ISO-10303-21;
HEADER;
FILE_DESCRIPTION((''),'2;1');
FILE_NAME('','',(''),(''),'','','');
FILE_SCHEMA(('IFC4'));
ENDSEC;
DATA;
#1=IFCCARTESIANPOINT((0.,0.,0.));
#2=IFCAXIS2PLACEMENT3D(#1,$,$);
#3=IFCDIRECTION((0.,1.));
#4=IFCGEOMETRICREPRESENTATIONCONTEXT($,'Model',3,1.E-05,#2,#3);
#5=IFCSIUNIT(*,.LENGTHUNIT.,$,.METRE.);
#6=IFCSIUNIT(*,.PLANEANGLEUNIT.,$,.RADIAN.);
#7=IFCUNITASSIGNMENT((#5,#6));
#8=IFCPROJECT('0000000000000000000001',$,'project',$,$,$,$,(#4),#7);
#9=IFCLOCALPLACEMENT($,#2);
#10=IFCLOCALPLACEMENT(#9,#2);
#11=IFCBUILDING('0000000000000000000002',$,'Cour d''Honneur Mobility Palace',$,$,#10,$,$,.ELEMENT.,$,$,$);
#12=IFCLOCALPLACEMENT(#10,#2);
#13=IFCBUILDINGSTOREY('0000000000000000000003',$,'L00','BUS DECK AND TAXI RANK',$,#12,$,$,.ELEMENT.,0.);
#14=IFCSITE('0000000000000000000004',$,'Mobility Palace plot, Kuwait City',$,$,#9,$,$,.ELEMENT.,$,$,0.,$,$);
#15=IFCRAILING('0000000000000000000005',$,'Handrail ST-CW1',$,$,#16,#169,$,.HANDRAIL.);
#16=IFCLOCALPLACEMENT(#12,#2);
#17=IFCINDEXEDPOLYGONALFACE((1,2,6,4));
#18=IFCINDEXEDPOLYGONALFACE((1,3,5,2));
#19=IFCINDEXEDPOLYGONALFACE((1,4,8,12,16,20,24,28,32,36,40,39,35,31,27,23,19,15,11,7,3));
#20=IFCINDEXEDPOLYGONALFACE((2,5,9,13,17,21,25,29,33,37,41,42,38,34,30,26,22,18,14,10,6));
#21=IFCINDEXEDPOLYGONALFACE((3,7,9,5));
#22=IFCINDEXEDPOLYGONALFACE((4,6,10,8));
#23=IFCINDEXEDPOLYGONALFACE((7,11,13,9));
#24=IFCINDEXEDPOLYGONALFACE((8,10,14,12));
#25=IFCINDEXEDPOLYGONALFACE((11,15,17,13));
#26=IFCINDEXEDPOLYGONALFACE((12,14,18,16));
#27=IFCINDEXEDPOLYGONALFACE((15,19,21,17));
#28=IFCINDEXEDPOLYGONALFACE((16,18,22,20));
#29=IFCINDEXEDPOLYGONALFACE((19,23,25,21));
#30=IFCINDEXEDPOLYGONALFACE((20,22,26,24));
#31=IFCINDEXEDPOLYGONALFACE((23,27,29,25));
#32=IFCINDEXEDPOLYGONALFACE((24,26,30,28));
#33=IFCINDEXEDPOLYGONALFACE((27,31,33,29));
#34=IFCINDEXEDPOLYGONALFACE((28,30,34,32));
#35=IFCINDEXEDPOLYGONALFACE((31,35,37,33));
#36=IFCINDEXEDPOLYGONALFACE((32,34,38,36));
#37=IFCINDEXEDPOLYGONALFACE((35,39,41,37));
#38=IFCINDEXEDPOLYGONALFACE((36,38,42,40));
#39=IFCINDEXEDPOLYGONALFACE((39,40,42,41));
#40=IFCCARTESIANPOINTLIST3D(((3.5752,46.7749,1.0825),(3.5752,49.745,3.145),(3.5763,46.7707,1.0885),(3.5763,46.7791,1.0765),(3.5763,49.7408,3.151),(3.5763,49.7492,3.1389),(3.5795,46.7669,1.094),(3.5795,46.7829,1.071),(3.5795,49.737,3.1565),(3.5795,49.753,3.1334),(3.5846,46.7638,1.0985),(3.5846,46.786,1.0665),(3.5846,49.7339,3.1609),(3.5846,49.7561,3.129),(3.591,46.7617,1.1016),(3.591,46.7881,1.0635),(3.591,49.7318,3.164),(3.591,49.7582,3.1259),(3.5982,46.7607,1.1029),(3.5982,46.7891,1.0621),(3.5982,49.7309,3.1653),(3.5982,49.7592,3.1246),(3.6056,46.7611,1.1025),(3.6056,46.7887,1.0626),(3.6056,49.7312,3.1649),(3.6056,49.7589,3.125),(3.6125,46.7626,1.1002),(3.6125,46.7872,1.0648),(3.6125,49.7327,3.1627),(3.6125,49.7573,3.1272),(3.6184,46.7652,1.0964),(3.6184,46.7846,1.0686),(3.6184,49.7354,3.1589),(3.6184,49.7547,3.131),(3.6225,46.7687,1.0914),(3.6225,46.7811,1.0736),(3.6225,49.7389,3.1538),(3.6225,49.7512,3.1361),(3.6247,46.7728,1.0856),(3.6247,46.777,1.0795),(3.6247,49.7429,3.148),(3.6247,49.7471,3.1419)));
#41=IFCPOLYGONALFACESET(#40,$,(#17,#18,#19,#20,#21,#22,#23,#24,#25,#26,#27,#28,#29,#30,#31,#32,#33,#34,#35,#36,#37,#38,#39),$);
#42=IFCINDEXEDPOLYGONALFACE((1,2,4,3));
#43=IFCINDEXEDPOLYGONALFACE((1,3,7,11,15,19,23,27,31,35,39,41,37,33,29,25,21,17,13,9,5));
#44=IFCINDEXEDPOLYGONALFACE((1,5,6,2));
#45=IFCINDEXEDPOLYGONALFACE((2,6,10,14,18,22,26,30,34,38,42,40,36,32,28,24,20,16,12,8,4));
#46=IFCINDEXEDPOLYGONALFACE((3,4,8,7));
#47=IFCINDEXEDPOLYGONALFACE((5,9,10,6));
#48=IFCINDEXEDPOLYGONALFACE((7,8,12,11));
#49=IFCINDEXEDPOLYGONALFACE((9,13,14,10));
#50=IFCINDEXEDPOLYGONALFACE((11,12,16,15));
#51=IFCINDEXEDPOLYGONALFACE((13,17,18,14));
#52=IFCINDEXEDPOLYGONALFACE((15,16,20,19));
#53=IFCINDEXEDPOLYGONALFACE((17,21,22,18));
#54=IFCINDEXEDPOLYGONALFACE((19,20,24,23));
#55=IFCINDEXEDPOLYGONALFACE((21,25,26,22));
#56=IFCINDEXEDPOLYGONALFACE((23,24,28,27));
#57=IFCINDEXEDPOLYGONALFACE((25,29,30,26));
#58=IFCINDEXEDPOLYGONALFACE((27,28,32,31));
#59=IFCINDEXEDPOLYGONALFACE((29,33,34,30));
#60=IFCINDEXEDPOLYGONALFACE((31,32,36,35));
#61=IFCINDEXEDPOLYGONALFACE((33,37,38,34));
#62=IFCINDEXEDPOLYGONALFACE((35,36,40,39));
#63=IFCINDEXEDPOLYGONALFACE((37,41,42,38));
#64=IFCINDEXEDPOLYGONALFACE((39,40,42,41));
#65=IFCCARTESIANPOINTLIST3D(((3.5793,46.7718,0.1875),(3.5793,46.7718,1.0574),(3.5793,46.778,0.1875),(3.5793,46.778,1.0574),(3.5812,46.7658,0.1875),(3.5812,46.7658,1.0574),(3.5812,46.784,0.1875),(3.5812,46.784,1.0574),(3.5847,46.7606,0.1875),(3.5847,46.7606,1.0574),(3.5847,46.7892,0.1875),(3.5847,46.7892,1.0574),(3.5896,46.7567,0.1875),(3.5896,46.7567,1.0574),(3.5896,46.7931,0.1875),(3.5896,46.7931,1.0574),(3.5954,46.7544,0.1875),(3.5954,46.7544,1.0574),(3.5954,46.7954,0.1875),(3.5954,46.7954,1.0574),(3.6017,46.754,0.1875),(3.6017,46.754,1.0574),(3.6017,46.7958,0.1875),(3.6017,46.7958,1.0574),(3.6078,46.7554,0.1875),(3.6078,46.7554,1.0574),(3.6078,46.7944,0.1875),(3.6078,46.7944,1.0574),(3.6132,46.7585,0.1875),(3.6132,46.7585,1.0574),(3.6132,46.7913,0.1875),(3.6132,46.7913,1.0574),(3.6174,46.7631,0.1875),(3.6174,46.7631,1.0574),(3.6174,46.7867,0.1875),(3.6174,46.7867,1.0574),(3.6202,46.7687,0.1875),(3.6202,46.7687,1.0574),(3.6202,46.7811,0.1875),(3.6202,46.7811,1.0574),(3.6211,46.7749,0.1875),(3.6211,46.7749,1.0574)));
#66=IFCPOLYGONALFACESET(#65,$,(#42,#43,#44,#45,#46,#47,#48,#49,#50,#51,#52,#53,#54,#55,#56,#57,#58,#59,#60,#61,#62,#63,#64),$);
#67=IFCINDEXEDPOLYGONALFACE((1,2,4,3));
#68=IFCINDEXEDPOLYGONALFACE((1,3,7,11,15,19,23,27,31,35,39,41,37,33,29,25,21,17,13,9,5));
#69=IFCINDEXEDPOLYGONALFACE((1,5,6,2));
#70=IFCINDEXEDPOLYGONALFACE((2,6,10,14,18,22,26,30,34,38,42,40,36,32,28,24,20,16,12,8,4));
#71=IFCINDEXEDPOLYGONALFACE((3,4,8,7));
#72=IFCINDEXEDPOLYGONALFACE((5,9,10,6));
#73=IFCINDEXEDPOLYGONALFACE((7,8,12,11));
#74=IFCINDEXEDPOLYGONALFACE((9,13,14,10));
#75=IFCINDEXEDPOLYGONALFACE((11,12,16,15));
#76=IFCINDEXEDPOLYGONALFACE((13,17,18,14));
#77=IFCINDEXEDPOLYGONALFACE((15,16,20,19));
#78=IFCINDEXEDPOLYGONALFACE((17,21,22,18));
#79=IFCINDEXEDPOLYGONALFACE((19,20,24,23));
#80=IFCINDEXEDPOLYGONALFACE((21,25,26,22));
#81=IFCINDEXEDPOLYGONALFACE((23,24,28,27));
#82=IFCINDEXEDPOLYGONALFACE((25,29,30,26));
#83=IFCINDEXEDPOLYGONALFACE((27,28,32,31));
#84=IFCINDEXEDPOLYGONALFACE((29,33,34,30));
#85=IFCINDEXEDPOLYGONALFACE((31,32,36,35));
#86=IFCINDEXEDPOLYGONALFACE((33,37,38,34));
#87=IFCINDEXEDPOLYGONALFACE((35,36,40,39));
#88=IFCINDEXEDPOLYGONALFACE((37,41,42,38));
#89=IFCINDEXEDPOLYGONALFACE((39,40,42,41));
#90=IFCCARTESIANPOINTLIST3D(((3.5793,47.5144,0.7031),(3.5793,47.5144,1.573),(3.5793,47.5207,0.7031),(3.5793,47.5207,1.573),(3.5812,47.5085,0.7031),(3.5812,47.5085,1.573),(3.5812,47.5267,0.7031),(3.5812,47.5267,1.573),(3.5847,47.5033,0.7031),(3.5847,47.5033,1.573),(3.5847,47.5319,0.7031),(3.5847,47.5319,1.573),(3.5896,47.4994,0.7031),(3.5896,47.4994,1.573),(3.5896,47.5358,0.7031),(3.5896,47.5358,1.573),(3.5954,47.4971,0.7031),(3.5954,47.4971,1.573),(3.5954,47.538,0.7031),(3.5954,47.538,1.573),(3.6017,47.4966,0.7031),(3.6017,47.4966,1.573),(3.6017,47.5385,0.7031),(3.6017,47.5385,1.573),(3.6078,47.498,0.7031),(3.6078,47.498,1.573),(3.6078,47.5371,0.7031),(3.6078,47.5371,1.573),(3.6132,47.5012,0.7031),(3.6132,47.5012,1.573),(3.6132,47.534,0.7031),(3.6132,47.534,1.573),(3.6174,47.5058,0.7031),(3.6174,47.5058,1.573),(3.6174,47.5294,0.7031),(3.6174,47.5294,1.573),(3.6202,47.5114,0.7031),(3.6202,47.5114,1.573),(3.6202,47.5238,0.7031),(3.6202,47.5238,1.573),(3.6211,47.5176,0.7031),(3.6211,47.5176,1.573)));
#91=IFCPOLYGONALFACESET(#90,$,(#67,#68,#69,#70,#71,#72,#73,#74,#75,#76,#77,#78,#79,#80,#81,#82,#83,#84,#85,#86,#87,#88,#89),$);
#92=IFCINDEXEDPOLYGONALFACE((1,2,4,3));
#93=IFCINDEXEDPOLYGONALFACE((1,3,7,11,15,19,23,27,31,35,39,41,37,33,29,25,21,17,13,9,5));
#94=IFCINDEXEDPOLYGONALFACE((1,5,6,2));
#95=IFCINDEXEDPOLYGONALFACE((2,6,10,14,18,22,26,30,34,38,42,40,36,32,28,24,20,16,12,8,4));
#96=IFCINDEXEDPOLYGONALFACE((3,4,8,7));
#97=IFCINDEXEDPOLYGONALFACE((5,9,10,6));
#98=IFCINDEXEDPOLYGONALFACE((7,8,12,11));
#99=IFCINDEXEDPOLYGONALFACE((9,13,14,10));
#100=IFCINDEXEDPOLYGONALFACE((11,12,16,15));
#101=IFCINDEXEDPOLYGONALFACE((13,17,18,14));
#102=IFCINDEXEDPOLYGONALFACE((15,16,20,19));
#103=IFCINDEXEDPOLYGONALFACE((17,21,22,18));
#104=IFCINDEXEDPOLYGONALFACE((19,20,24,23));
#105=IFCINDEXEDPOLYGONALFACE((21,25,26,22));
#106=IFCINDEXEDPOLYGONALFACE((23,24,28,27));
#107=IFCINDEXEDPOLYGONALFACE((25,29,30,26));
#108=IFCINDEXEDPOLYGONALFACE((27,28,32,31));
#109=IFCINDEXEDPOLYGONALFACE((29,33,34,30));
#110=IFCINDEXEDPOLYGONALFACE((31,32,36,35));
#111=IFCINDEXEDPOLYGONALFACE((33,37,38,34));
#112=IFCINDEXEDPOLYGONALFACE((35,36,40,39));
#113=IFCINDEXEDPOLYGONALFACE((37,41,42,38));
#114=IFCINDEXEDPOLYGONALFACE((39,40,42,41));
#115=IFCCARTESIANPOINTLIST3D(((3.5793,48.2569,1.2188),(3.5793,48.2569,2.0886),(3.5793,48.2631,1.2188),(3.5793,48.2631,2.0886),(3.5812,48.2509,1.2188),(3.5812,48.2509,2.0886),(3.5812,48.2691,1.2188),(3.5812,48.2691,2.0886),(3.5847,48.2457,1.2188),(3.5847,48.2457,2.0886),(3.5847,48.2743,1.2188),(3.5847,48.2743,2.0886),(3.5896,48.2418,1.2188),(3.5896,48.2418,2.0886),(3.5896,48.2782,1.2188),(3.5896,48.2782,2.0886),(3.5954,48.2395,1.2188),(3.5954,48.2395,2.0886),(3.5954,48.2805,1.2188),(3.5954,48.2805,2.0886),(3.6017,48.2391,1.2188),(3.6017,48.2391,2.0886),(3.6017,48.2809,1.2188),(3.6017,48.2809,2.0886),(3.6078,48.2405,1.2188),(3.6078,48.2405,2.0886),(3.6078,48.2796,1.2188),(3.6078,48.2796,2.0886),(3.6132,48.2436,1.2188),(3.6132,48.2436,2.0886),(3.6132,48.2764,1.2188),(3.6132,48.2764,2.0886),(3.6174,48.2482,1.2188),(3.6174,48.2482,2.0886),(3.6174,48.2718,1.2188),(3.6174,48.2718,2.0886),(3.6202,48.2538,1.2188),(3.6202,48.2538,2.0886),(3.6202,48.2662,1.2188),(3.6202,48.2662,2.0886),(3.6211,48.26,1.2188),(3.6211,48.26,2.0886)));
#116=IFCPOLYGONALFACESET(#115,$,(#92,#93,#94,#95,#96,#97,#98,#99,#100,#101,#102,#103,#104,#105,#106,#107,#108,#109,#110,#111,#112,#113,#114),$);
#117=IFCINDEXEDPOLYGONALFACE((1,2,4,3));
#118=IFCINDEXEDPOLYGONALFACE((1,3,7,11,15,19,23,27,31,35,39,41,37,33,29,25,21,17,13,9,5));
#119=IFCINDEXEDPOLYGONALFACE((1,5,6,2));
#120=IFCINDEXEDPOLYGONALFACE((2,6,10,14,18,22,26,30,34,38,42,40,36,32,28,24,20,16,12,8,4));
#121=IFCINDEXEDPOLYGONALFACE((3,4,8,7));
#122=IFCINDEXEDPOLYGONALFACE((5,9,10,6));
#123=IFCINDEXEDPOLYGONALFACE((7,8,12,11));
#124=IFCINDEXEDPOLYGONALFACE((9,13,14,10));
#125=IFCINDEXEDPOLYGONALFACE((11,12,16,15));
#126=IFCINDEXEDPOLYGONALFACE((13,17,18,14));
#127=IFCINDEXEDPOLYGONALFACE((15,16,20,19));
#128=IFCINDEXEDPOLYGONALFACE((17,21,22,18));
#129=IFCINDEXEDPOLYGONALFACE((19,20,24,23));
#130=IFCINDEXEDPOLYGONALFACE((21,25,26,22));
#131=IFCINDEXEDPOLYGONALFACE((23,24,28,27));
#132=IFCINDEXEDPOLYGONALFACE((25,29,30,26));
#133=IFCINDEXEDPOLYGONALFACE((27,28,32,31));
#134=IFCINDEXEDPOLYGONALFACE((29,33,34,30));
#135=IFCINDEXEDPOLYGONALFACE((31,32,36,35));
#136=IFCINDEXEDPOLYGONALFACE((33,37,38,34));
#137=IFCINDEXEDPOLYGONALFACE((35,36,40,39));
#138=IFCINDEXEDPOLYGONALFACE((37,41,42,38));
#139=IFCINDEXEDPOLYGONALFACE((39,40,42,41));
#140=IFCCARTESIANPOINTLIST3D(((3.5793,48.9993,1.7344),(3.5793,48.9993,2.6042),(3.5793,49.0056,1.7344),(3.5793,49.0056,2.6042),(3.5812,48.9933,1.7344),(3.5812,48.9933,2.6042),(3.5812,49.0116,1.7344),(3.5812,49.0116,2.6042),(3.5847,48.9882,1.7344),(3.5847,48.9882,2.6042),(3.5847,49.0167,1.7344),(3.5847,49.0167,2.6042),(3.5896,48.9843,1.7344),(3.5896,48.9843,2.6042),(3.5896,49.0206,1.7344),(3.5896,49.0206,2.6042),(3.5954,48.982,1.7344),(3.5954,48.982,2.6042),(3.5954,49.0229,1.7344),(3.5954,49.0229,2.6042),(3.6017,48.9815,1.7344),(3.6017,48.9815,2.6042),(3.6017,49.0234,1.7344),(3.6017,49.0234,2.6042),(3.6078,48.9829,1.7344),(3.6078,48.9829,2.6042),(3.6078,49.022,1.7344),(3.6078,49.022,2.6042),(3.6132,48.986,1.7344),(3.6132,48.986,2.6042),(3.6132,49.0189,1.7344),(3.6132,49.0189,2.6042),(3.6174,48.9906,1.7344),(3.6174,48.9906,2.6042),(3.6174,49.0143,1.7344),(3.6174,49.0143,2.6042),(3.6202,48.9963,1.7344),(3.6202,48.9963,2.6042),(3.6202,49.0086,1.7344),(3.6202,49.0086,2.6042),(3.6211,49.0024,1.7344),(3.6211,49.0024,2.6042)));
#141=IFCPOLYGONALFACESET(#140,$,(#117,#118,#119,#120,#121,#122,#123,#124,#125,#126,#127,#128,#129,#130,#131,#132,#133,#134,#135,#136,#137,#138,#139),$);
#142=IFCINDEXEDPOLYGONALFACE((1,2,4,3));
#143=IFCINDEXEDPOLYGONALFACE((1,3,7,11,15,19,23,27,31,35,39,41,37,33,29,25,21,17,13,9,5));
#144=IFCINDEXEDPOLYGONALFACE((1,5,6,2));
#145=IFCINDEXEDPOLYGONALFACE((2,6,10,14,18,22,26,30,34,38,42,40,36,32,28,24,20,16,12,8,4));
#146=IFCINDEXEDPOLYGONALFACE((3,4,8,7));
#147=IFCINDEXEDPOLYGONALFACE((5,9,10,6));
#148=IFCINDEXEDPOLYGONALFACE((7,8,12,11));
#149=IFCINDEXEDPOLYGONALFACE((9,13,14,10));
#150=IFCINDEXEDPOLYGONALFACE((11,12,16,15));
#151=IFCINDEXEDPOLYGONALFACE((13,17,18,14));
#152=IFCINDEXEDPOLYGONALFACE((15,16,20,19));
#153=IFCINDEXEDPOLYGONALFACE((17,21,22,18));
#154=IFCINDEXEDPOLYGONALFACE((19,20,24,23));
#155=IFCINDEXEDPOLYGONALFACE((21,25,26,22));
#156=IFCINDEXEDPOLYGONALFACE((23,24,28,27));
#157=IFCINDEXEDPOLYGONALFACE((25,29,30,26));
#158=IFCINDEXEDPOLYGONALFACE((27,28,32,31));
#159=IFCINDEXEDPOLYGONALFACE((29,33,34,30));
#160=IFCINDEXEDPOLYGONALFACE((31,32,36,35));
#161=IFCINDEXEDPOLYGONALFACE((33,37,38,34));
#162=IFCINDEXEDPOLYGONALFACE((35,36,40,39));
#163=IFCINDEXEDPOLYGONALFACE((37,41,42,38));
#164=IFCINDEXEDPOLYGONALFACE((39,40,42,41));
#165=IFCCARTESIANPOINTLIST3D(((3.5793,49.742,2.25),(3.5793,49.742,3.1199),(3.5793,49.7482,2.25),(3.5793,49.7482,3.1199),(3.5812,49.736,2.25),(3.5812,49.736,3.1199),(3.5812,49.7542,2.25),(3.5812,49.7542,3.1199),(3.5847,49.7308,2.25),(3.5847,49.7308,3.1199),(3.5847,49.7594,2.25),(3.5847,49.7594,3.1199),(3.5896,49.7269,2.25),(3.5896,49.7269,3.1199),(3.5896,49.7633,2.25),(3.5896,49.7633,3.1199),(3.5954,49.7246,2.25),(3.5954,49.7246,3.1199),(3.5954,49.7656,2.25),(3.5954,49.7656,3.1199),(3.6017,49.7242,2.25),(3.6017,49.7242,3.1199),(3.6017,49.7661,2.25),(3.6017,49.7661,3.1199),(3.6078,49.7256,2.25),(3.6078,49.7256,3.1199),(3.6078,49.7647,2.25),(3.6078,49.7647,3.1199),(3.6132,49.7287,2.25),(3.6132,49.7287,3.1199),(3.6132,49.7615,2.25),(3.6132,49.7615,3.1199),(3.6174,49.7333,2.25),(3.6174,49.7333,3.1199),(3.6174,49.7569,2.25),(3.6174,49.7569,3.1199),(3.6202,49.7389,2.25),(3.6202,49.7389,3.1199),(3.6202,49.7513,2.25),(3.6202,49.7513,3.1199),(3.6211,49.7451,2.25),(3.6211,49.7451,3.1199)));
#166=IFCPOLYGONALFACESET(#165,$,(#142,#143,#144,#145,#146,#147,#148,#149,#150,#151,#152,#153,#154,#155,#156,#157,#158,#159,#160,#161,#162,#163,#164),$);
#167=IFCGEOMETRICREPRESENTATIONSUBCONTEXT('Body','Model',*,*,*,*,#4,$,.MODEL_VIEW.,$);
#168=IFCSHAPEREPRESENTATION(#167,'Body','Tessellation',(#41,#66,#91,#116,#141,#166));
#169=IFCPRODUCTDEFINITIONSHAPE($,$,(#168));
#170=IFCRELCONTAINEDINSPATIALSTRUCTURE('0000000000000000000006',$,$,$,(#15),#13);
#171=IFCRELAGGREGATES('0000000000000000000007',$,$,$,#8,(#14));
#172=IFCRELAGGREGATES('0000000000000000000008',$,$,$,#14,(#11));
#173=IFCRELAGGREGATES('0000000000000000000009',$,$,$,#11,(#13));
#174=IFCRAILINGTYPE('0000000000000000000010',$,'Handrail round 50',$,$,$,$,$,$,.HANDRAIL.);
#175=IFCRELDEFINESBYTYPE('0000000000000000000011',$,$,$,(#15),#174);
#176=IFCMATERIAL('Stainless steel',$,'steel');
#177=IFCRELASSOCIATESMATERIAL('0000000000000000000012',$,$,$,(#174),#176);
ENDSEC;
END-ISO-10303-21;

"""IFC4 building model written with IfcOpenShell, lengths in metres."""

from ifc_helpers import new_model, si_unit, direction, frame, origin, origin_2d, place, context, subcontext, project, spatial, circle, extrude, material, type_object, element, save


model = new_model("IFC4")

# Units and contexts
model_context = context("Model", 3, precision=1e-05, world=origin(), true_north=direction((0.0, 1.0)))
body_context = subcontext(model_context, "Body", "Model", "MODEL_VIEW")
ifc_project = project(units=[si_unit("LENGTHUNIT", "METRE"), si_unit("PLANEANGLEUNIT", "RADIAN")], contexts=[model_context])

# Site, building, storey
site_placement = place(None, origin())
site = spatial("IfcSite", under=ifc_project, at=site_placement, Name="Mobility Palace plot, Kuwait City", CompositionType="ELEMENT", RefElevation=0.0)
building_placement = place(site_placement, origin())
building = spatial("IfcBuilding", under=site, at=building_placement, Name="Cour d'Honneur Mobility Palace", CompositionType="ELEMENT")
storey_placement = place(building_placement, origin())
storey = spatial("IfcBuildingStorey", under=building, at=storey_placement, Name="L00", Description="BUS DECK AND TAXI RANK", CompositionType="ELEMENT", Elevation=0.0)

# Railing
ifc_material_1 = material(Name="Stainless steel", Category="steel")
railing_type = type_object("IfcRailingType", Name="Handrail round 50", PredefinedType="HANDRAIL", material=ifc_material_1)
railing_1_placement = place(storey_placement, frame((3.6001, 46.7749, 0.1875)))
element("IfcRailing", 1, at=railing_1_placement, inside=storey, type_object=railing_type, Name="Handrail ST-CW1", PredefinedType="HANDRAIL", context=body_context, shape_type="SweptSolid", body=[
    extrude(circle(Radius=0.0249, at=origin_2d()), frame((0.0, 0.0, 0.895), z_axis=(0.0, 0.821389, 0.570368), x_axis=(-1.0, 0.0, 0.0)), (0.0, 0.0, 1.0), 3.616),
    extrude(circle(Radius=0.021, at=origin_2d()), origin(), (0.0, 0.0, 1.0), 0.8699),
    extrude(circle(Radius=0.021, at=origin_2d()), frame((0.0, 0.7427, 0.5156)), (0.0, 0.0, 1.0), 0.8699),
    extrude(circle(Radius=0.021, at=origin_2d()), frame((0.0, 1.4851, 1.0312)), (0.0, 0.0, 1.0), 0.8699),
    extrude(circle(Radius=0.021, at=origin_2d()), frame((0.0, 2.2275, 1.5469)), (0.0, 0.0, 1.0), 0.8699),
    extrude(circle(Radius=0.021, at=origin_2d()), frame((0.0, 2.9702, 2.0625)), (0.0, 0.0, 1.0), 0.8699),
])

save(model, "model.ifc")
